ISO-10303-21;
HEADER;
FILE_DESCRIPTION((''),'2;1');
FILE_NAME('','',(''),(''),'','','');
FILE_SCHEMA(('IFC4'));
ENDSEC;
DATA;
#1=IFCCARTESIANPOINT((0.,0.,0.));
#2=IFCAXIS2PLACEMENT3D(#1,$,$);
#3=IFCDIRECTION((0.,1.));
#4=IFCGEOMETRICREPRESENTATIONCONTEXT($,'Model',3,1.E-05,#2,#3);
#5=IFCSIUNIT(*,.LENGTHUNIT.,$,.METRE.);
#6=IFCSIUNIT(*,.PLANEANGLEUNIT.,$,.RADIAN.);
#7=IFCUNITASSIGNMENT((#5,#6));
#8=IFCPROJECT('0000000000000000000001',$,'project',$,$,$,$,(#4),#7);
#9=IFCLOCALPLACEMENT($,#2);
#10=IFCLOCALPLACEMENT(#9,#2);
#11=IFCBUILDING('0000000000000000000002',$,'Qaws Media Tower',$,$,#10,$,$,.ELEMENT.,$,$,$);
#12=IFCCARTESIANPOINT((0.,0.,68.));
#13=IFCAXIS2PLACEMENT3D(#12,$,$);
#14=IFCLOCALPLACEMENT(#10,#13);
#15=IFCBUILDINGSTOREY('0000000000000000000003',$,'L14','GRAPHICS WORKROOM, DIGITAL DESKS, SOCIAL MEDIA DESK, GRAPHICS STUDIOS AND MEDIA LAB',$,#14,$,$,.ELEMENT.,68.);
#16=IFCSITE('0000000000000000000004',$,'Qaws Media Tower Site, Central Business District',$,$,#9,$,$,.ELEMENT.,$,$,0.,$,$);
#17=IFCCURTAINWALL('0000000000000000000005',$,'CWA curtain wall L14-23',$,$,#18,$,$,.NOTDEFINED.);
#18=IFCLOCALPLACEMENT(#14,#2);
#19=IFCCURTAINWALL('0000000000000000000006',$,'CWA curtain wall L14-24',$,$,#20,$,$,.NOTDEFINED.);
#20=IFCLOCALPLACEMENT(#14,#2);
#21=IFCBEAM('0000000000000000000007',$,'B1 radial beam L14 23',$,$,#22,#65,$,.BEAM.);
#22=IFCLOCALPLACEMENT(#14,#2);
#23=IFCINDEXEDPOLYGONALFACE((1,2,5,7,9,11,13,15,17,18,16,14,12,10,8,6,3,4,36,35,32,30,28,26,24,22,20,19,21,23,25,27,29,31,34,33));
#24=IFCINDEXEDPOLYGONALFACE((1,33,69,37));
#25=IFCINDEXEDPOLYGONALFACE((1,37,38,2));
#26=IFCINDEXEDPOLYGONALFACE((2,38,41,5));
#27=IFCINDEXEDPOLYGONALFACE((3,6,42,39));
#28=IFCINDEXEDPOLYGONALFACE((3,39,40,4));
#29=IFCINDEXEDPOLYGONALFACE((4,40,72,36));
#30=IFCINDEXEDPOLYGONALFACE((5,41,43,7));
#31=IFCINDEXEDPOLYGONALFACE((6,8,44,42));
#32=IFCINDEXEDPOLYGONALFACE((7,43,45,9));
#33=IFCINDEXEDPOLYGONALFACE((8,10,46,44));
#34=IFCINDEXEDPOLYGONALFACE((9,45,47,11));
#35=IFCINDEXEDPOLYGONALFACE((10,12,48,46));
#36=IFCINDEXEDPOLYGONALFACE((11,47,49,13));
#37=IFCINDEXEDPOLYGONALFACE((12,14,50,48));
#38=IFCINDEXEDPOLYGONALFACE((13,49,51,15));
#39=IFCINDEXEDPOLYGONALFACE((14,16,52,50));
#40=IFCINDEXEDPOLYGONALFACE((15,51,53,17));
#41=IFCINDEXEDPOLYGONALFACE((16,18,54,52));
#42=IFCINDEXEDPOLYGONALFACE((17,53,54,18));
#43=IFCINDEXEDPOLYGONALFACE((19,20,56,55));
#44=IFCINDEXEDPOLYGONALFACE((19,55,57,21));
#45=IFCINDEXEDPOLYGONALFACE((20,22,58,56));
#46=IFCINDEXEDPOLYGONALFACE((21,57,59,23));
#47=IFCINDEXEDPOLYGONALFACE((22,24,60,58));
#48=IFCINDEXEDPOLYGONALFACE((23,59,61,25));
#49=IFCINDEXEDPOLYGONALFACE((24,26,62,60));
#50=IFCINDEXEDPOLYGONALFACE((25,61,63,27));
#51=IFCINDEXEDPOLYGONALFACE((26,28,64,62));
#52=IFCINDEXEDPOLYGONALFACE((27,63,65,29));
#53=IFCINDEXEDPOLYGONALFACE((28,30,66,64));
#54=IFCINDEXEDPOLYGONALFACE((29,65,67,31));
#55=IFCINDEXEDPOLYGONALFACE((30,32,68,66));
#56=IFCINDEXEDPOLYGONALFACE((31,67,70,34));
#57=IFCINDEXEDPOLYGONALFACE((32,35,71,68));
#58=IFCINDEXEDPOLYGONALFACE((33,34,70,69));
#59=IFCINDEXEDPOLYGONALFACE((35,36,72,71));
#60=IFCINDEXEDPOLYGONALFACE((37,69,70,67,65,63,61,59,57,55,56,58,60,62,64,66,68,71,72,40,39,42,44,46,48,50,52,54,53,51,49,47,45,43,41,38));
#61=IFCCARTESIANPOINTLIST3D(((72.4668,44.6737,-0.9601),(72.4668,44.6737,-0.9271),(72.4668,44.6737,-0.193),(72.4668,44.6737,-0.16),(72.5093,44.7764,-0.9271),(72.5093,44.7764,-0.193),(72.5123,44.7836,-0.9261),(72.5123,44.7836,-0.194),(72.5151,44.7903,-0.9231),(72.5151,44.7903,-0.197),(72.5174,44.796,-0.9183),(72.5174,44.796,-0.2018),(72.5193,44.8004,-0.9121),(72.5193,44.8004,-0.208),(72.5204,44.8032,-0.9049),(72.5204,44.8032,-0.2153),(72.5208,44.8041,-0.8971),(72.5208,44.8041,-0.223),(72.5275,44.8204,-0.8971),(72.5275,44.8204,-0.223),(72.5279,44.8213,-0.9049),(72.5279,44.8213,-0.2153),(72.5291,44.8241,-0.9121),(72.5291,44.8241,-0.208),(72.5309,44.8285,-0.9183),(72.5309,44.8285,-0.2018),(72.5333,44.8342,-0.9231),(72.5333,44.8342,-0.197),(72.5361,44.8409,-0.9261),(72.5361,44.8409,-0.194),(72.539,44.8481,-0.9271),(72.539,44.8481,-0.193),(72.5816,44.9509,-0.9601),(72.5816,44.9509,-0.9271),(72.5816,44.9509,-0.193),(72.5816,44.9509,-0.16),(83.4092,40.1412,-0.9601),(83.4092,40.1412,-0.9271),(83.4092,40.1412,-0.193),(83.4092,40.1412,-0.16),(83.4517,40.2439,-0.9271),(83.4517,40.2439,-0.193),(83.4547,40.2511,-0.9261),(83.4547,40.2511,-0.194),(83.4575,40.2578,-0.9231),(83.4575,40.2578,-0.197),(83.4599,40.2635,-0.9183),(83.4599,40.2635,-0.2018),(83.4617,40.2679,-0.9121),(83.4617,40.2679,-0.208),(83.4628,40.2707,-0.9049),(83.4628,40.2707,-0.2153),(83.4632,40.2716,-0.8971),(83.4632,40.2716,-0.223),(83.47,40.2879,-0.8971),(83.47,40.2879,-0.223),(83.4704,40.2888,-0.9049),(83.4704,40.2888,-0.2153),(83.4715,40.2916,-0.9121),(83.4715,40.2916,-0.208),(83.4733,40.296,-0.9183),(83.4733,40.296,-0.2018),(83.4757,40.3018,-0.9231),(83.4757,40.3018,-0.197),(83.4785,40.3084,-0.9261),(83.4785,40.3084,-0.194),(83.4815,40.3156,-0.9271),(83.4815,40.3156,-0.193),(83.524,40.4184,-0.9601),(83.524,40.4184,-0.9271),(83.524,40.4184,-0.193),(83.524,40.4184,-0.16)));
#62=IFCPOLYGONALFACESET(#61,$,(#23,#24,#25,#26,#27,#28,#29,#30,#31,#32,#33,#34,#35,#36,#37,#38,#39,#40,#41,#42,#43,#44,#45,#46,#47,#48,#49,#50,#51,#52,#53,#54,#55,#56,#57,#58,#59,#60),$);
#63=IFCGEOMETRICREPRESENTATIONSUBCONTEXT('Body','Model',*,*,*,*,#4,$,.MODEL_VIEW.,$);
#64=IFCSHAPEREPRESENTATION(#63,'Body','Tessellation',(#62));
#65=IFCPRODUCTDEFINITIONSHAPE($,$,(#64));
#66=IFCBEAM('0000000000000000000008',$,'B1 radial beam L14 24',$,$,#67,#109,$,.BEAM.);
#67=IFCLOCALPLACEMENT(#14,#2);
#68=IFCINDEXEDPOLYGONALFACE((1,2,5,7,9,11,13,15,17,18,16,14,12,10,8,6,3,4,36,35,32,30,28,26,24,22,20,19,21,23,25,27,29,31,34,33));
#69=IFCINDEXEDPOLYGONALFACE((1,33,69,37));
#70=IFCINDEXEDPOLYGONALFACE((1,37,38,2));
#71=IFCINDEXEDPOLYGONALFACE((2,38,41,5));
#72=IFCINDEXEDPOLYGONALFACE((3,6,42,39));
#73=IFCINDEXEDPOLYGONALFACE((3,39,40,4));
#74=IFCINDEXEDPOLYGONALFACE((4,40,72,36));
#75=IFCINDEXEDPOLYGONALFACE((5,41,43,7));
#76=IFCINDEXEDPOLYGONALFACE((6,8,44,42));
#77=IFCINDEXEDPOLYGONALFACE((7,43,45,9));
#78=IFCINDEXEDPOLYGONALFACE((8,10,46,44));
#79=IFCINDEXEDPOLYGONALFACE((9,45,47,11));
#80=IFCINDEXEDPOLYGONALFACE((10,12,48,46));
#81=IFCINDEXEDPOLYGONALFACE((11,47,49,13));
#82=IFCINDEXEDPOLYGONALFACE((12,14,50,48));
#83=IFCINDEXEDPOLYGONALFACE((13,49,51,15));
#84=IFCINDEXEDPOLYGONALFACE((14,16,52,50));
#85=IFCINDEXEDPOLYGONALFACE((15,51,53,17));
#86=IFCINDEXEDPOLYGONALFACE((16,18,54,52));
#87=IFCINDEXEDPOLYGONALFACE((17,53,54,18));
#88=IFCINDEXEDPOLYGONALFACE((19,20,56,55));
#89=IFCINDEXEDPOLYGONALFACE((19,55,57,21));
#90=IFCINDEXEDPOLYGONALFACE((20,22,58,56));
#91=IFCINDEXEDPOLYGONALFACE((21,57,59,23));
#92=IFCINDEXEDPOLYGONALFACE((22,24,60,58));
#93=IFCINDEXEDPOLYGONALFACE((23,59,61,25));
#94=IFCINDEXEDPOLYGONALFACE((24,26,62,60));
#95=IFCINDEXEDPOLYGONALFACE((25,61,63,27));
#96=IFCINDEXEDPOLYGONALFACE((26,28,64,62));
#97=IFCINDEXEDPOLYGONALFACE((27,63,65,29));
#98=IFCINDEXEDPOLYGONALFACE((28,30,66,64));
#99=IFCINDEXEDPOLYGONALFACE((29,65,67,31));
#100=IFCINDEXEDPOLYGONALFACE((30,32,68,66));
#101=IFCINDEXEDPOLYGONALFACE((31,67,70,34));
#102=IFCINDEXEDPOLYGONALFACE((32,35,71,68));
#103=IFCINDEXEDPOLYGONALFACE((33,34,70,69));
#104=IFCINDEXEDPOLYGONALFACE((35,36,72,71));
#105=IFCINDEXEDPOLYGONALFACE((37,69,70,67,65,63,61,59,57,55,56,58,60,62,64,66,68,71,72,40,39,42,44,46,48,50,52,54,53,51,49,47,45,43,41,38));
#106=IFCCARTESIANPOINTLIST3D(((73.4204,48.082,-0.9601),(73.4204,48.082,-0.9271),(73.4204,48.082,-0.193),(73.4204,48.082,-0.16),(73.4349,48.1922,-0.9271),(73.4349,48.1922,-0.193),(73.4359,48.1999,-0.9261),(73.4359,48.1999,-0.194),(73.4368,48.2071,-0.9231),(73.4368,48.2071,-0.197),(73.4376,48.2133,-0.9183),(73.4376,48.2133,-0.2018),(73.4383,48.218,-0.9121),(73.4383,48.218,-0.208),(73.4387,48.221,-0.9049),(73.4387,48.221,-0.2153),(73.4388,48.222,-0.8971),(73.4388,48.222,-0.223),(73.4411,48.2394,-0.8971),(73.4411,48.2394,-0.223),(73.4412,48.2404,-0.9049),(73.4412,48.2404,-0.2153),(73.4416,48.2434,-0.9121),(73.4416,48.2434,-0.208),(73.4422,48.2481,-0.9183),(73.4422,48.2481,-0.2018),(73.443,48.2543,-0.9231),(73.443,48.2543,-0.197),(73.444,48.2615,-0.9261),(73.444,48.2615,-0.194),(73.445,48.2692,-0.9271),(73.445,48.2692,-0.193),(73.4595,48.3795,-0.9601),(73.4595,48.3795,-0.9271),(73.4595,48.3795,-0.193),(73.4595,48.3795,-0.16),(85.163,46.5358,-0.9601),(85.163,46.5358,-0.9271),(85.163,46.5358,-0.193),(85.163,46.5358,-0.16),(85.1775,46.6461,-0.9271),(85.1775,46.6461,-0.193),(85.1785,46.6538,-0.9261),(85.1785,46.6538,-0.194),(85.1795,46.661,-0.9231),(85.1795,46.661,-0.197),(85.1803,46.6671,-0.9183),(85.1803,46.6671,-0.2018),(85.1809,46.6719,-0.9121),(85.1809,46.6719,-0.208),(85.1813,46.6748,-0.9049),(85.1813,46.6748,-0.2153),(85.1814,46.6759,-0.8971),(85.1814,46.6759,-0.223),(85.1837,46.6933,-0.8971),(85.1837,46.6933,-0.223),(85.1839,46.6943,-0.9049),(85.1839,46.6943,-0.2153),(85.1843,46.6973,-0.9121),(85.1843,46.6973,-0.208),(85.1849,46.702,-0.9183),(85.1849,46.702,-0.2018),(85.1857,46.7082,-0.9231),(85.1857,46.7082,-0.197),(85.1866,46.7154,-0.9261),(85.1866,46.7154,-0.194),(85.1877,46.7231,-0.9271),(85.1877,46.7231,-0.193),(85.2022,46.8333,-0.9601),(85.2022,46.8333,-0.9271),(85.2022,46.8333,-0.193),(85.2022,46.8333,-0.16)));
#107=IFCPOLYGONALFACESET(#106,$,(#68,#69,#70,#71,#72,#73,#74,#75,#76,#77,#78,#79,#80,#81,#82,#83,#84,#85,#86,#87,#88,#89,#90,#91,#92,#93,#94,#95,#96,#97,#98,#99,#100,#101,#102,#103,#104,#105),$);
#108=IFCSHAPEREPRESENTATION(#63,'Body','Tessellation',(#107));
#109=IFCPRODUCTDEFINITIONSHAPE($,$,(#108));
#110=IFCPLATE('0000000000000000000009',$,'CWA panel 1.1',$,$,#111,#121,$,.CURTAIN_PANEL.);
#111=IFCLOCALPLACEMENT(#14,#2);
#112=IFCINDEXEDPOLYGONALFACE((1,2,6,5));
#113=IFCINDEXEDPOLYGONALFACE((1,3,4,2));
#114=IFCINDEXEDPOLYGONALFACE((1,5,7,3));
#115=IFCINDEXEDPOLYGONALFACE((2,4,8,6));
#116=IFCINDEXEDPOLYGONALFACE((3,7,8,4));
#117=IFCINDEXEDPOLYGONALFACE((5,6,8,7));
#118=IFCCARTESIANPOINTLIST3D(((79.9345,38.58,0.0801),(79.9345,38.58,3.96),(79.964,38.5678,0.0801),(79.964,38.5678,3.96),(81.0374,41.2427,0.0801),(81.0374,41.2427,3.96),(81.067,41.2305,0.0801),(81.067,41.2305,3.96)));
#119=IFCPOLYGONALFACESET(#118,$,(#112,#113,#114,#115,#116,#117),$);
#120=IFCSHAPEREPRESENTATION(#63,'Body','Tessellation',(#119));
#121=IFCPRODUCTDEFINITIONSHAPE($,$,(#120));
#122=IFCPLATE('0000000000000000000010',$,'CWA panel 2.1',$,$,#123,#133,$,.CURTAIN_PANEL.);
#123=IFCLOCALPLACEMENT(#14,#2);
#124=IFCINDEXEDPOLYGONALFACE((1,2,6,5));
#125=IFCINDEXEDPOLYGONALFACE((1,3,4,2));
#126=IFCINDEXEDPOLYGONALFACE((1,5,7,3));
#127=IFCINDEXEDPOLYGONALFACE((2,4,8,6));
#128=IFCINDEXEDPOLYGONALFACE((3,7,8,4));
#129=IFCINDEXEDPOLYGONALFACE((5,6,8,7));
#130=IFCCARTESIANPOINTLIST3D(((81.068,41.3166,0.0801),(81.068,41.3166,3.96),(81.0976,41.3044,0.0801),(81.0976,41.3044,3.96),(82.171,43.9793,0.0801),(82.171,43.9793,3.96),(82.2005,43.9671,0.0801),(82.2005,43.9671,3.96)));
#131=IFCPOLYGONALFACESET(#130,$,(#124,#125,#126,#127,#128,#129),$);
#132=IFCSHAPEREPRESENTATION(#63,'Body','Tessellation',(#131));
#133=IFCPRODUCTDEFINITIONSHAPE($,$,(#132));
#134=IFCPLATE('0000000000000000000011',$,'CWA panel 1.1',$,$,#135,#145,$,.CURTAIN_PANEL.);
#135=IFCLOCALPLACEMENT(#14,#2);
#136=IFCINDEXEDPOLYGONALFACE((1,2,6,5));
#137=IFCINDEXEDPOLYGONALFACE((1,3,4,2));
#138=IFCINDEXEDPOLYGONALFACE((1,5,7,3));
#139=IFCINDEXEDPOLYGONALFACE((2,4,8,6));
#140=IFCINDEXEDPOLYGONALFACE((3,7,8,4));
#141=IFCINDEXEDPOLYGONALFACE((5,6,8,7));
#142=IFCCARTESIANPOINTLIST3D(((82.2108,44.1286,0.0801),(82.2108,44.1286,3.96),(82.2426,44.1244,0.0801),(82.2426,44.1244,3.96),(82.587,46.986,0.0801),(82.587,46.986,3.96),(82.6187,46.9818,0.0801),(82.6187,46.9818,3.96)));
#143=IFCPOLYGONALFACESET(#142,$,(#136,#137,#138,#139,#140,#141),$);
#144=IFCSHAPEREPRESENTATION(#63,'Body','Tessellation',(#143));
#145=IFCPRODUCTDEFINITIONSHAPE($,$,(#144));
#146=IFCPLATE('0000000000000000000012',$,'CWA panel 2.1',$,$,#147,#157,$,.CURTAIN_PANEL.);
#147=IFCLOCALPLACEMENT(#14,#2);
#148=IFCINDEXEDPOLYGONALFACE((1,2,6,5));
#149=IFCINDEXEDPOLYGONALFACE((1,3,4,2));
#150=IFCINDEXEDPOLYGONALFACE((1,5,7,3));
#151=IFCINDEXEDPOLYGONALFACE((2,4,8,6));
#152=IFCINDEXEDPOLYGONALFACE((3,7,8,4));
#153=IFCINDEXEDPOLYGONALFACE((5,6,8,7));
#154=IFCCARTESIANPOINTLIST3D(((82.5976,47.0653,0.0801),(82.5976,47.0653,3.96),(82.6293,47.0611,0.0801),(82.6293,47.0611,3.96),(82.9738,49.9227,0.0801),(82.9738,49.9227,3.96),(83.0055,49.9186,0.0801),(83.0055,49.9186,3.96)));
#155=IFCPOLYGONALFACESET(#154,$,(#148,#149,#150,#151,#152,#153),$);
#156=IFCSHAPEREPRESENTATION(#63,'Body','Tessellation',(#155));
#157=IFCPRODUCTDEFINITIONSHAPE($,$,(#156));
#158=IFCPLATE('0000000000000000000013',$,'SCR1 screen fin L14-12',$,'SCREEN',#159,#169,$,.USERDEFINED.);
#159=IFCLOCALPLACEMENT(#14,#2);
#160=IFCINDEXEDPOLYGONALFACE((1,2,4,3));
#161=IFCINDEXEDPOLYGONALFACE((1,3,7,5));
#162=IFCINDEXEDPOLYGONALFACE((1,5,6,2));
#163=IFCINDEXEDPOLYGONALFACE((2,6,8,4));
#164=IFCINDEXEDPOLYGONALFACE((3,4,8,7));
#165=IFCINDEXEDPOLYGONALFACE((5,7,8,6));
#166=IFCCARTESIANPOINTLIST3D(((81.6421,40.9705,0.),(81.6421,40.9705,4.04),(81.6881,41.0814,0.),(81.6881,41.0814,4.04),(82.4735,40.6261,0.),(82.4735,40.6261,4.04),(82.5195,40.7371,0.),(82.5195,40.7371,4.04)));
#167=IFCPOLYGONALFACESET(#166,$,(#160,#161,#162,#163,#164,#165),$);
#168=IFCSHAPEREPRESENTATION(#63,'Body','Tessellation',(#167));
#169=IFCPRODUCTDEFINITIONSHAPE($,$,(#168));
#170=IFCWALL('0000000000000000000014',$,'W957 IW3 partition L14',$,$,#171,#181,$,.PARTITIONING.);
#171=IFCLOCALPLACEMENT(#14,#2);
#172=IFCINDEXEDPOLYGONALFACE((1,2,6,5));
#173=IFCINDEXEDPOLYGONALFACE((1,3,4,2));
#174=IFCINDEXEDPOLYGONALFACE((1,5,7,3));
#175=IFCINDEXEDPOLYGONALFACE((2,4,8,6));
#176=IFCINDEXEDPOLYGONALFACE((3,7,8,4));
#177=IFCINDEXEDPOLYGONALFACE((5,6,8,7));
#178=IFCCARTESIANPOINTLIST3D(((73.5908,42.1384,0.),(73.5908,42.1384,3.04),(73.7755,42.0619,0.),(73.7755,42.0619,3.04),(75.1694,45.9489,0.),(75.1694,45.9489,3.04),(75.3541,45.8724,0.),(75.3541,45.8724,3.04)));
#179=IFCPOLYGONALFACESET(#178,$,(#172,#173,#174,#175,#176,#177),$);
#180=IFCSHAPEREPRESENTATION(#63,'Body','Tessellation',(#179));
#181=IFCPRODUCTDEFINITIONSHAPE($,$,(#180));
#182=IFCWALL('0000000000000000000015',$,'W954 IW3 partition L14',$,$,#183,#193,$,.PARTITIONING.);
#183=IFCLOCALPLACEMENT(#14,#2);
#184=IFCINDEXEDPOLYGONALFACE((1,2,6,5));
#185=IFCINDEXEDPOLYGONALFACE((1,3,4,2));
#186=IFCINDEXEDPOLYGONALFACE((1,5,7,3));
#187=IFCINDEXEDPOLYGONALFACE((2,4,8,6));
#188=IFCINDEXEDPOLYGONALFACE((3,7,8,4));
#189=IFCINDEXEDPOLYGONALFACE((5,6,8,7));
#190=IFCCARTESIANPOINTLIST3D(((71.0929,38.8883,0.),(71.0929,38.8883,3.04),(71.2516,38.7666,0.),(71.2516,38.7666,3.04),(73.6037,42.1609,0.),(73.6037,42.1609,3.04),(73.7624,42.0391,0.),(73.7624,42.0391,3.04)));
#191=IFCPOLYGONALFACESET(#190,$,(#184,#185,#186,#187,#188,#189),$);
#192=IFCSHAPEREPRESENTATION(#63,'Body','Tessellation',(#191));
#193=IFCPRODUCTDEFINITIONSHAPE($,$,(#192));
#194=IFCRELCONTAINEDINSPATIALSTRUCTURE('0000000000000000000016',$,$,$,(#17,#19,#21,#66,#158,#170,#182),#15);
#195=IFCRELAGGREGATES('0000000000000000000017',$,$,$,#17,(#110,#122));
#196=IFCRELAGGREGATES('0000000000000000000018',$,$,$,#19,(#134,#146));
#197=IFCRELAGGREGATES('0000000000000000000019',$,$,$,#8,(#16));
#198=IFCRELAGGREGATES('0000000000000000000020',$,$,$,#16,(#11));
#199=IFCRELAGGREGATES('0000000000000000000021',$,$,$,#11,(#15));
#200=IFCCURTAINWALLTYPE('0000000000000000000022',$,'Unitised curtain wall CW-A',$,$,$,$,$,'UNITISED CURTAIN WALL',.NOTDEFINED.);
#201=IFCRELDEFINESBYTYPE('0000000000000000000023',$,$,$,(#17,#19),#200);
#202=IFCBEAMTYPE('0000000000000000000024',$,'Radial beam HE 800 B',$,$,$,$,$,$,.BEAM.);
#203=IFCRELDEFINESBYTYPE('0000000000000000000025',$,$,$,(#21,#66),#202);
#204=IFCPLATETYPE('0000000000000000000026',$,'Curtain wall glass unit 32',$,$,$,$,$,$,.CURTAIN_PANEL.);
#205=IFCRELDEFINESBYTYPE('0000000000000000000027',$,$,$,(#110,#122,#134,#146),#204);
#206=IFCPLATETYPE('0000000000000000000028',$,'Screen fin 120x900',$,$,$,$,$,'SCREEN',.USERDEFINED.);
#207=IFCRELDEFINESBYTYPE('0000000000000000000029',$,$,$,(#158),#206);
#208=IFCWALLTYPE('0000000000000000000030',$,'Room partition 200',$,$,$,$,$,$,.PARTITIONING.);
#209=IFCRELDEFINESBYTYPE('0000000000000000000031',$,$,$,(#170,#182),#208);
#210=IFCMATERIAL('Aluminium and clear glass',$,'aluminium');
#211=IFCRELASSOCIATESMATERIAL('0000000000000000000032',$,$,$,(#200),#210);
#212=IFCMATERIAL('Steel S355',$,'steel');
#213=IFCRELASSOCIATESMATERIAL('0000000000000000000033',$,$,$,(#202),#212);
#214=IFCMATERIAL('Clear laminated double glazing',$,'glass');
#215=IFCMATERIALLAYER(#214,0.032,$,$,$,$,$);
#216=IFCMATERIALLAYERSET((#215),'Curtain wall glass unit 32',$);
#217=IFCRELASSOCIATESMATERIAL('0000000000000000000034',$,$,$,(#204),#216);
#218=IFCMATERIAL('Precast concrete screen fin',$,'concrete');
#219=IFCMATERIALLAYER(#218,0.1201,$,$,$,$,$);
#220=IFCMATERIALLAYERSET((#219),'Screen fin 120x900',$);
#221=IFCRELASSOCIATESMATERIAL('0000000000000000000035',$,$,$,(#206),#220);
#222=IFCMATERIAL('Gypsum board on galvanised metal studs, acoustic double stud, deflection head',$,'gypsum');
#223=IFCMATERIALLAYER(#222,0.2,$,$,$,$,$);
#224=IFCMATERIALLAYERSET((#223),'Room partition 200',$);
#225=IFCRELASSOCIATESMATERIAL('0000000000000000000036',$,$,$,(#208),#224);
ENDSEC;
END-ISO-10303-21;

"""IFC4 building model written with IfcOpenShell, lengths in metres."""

from ifc_helpers import new_model, si_unit, direction, frame, frame_2d, origin, origin_2d, place, context, subcontext, project, spatial, rectangle, i_section, extrude, material, layer, layer_set, material_profile, profile_set, type_object, element, aggregate, save


model = new_model("IFC4")

# Units and contexts
model_context = context("Model", 3, precision=1e-05, world=origin(), true_north=direction((0.0, 1.0)))
body_context = subcontext(model_context, "Body", "Model", "MODEL_VIEW")
ifc_project = project(units=[si_unit("LENGTHUNIT", "METRE"), si_unit("PLANEANGLEUNIT", "RADIAN")], contexts=[model_context])

# Site, building, storey
site_placement = place(None, origin())
site = spatial("IfcSite", under=ifc_project, at=site_placement, Name="Qaws Media Tower Site, Central Business District", CompositionType="ELEMENT", RefElevation=0.0)
building_placement = place(site_placement, origin())
building = spatial("IfcBuilding", under=site, at=building_placement, Name="Qaws Media Tower", CompositionType="ELEMENT")
storey_placement = place(building_placement, frame((0.0, 0.0, 68.0)))
storey = spatial("IfcBuildingStorey", under=building, at=storey_placement, Name="L14", Description="GRAPHICS WORKROOM, DIGITAL DESKS, SOCIAL MEDIA DESK, GRAPHICS STUDIOS AND MEDIA LAB", CompositionType="ELEMENT", Elevation=68.0)

# Curtain walls
ifc_material_1 = material(Name="Aluminium and clear glass", Category="aluminium")
curtain_wall_type = type_object("IfcCurtainWallType", Name="Unitised curtain wall CW-A", ElementType="UNITISED CURTAIN WALL", PredefinedType="NOTDEFINED", material=ifc_material_1)
curtain_wall_1_placement = place(storey_placement, origin())
curtain_wall_1 = element("IfcCurtainWall", 1, at=curtain_wall_1_placement, inside=storey, type_object=curtain_wall_type, Name="CWA curtain wall L14-23", PredefinedType="NOTDEFINED")
curtain_wall_2_placement = place(storey_placement, origin())
curtain_wall_2 = element("IfcCurtainWall", 2, at=curtain_wall_2_placement, inside=storey, type_object=curtain_wall_type, Name="CWA curtain wall L14-24", PredefinedType="NOTDEFINED")

# Beams
ifc_material_2 = material(Name="Steel S355", Category="steel")
ifc_material_profile_1 = material_profile(ifc_material_2, i_section(OverallWidth=0.3, OverallDepth=0.8, WebThickness=0.0176, FlangeThickness=0.033, FilletRadius=0.03, at=origin_2d()), Name="HE 800 B")
ifc_profile_set_1 = profile_set([ifc_material_profile_1], Name="Steel S355")
beam_type_1 = type_object("IfcBeamType", Name="Radial beam HE 800 B", PredefinedType="BEAM", material=ifc_profile_set_1)
for number, where, z_axis, x_axis, name in (
    (3, (72.5242, 44.8123, -0.5601), (0.92388, -0.382683, 0.0), (0.382683, 0.92388, 0.0), "B1 radial beam L14 23"),
    (4, (73.4399, 48.2307, -0.5601), (0.991443, -0.130542, 0.0), (0.130542, 0.991443, 0.0), "B1 radial beam L14 24"),
):
    element("IfcBeam", number, at=place(storey_placement, frame(where, z_axis=z_axis, x_axis=x_axis)), inside=storey, type_object=beam_type_1, Name=name, PredefinedType="BEAM", context=body_context, shape_type="SweptSolid", body=[
        extrude(i_section(OverallWidth=0.3, OverallDepth=0.8, WebThickness=0.0176, FlangeThickness=0.033, FilletRadius=0.03, at=origin_2d()), origin(), (0.0, 0.0, 1.0), 11.844),
    ])

# Plates
ifc_material_3 = material(Name="Clear laminated double glazing", Category="glass")
ifc_layer_1 = layer(ifc_material_3, 0.032)
ifc_layer_set_1 = layer_set([ifc_layer_1], Name="Curtain wall glass unit 32")
plate_type_1 = type_object("IfcPlateType", Name="Curtain wall glass unit 32", PredefinedType="CURTAIN_PANEL", material=ifc_layer_set_1)
plate_1_placement = place(storey_placement, frame((80.5007, 39.9053, 0.0801), z_axis=(0.0, 0.0, 1.0), x_axis=(0.382683, 0.92388, 0.0)))
plate_1 = element("IfcPlate", 5, at=plate_1_placement, type_object=plate_type_1, Name="CWA panel 1.1", PredefinedType="CURTAIN_PANEL", context=body_context, shape_type="SweptSolid", body=[
    extrude(rectangle(XDim=2.8821, YDim=0.032, at=origin_2d()), origin(), (0.0, 0.0, 1.0), 3.8799),
])
plate_2_placement = place(storey_placement, frame((81.6343, 42.6418, 0.0801), z_axis=(0.0, 0.0, 1.0), x_axis=(0.382683, 0.92388, 0.0)))
plate_2 = element("IfcPlate", 6, at=plate_2_placement, type_object=plate_type_1, Name="CWA panel 2.1", PredefinedType="CURTAIN_PANEL", context=body_context, shape_type="SweptSolid", body=[
    extrude(rectangle(XDim=2.8821, YDim=0.032, at=origin_2d()), origin(), (0.0, 0.0, 1.0), 3.8799),
])
aggregate(curtain_wall_1, [plate_1, plate_2])
plate_3_placement = place(storey_placement, frame((82.4148, 45.5552, 0.0801), z_axis=(0.0, 0.0, 1.0), x_axis=(0.130526, 0.991445, 0.0)))
plate_3 = element("IfcPlate", 7, at=plate_3_placement, type_object=plate_type_1, Name="CWA panel 1.1", PredefinedType="CURTAIN_PANEL", context=body_context, shape_type="SweptSolid", body=[
    extrude(rectangle(XDim=2.8821, YDim=0.032, at=origin_2d()), origin(), (0.0, 0.0, 1.0), 3.8799),
])
plate_4_placement = place(storey_placement, frame((82.8015, 48.4919, 0.0801), z_axis=(0.0, 0.0, 1.0), x_axis=(0.130526, 0.991445, 0.0)))
plate_4 = element("IfcPlate", 8, at=plate_4_placement, type_object=plate_type_1, Name="CWA panel 2.1", PredefinedType="CURTAIN_PANEL", context=body_context, shape_type="SweptSolid", body=[
    extrude(rectangle(XDim=2.8821, YDim=0.032, at=origin_2d()), origin(), (0.0, 0.0, 1.0), 3.8799),
])
aggregate(curtain_wall_2, [plate_3, plate_4])
ifc_material_4 = material(Name="Precast concrete screen fin", Category="concrete")
ifc_layer_2 = layer(ifc_material_4, 0.1201)
ifc_layer_set_2 = layer_set([ifc_layer_2], Name="Screen fin 120x900")
plate_type_2 = type_object("IfcPlateType", Name="Screen fin 120x900", ElementType="SCREEN", PredefinedType="USERDEFINED", material=ifc_layer_set_2)
plate_5_placement = place(storey_placement, frame((82.0808, 40.8538, 0.0), z_axis=(0.0, 0.0, 1.0), x_axis=(0.92388, -0.382683, 0.0)))
element("IfcPlate", 9, at=plate_5_placement, inside=storey, type_object=plate_type_2, Name="SCR1 screen fin L14-12", ObjectType="SCREEN", PredefinedType="USERDEFINED", context=body_context, shape_type="SweptSolid", body=[
    extrude(rectangle(XDim=0.8999, YDim=0.1201, at=origin_2d()), origin(), (0.0, 0.0, 1.0), 4.04),
])

# Walls
ifc_material_5 = material(Name="Gypsum board on galvanised metal studs, acoustic double stud, deflection head", Category="gypsum")
ifc_layer_3 = layer(ifc_material_5, 0.2)
ifc_layer_set_3 = layer_set([ifc_layer_3], Name="Room partition 200")
wall_type = type_object("IfcWallType", Name="Room partition 200", PredefinedType="PARTITIONING", material=ifc_layer_set_3)
wall_1_placement = place(storey_placement, frame((75.2617, 45.9106, 0.0), z_axis=(0.0, 0.0, 1.0), x_axis=(-0.382732, -0.92386, 0.0)))
element("IfcWall", 10, at=wall_1_placement, inside=storey, type_object=wall_type, Name="W957 IW3 partition L14", PredefinedType="PARTITIONING", context=body_context, shape_type="SweptSolid", body=[
    extrude(rectangle(XDim=4.1245, YDim=0.2, at=frame_2d((2.0623, 0.0))), origin(), (0.0, 0.0, 1.0), 3.04),
])
wall_2_placement = place(storey_placement, frame((73.6831, 42.1001, 0.0), z_axis=(0.0, 0.0, 1.0), x_axis=(-0.608715, -0.793389, 0.0)))
element("IfcWall", 11, at=wall_2_placement, inside=storey, type_object=wall_type, Name="W954 IW3 partition L14", PredefinedType="PARTITIONING", context=body_context, shape_type="SweptSolid", body=[
    extrude(rectangle(XDim=4.1248, YDim=0.2, at=frame_2d((2.0625, 0.0))), origin(), (0.0, 0.0, 1.0), 3.04),
])

save(model, "model.ifc")
